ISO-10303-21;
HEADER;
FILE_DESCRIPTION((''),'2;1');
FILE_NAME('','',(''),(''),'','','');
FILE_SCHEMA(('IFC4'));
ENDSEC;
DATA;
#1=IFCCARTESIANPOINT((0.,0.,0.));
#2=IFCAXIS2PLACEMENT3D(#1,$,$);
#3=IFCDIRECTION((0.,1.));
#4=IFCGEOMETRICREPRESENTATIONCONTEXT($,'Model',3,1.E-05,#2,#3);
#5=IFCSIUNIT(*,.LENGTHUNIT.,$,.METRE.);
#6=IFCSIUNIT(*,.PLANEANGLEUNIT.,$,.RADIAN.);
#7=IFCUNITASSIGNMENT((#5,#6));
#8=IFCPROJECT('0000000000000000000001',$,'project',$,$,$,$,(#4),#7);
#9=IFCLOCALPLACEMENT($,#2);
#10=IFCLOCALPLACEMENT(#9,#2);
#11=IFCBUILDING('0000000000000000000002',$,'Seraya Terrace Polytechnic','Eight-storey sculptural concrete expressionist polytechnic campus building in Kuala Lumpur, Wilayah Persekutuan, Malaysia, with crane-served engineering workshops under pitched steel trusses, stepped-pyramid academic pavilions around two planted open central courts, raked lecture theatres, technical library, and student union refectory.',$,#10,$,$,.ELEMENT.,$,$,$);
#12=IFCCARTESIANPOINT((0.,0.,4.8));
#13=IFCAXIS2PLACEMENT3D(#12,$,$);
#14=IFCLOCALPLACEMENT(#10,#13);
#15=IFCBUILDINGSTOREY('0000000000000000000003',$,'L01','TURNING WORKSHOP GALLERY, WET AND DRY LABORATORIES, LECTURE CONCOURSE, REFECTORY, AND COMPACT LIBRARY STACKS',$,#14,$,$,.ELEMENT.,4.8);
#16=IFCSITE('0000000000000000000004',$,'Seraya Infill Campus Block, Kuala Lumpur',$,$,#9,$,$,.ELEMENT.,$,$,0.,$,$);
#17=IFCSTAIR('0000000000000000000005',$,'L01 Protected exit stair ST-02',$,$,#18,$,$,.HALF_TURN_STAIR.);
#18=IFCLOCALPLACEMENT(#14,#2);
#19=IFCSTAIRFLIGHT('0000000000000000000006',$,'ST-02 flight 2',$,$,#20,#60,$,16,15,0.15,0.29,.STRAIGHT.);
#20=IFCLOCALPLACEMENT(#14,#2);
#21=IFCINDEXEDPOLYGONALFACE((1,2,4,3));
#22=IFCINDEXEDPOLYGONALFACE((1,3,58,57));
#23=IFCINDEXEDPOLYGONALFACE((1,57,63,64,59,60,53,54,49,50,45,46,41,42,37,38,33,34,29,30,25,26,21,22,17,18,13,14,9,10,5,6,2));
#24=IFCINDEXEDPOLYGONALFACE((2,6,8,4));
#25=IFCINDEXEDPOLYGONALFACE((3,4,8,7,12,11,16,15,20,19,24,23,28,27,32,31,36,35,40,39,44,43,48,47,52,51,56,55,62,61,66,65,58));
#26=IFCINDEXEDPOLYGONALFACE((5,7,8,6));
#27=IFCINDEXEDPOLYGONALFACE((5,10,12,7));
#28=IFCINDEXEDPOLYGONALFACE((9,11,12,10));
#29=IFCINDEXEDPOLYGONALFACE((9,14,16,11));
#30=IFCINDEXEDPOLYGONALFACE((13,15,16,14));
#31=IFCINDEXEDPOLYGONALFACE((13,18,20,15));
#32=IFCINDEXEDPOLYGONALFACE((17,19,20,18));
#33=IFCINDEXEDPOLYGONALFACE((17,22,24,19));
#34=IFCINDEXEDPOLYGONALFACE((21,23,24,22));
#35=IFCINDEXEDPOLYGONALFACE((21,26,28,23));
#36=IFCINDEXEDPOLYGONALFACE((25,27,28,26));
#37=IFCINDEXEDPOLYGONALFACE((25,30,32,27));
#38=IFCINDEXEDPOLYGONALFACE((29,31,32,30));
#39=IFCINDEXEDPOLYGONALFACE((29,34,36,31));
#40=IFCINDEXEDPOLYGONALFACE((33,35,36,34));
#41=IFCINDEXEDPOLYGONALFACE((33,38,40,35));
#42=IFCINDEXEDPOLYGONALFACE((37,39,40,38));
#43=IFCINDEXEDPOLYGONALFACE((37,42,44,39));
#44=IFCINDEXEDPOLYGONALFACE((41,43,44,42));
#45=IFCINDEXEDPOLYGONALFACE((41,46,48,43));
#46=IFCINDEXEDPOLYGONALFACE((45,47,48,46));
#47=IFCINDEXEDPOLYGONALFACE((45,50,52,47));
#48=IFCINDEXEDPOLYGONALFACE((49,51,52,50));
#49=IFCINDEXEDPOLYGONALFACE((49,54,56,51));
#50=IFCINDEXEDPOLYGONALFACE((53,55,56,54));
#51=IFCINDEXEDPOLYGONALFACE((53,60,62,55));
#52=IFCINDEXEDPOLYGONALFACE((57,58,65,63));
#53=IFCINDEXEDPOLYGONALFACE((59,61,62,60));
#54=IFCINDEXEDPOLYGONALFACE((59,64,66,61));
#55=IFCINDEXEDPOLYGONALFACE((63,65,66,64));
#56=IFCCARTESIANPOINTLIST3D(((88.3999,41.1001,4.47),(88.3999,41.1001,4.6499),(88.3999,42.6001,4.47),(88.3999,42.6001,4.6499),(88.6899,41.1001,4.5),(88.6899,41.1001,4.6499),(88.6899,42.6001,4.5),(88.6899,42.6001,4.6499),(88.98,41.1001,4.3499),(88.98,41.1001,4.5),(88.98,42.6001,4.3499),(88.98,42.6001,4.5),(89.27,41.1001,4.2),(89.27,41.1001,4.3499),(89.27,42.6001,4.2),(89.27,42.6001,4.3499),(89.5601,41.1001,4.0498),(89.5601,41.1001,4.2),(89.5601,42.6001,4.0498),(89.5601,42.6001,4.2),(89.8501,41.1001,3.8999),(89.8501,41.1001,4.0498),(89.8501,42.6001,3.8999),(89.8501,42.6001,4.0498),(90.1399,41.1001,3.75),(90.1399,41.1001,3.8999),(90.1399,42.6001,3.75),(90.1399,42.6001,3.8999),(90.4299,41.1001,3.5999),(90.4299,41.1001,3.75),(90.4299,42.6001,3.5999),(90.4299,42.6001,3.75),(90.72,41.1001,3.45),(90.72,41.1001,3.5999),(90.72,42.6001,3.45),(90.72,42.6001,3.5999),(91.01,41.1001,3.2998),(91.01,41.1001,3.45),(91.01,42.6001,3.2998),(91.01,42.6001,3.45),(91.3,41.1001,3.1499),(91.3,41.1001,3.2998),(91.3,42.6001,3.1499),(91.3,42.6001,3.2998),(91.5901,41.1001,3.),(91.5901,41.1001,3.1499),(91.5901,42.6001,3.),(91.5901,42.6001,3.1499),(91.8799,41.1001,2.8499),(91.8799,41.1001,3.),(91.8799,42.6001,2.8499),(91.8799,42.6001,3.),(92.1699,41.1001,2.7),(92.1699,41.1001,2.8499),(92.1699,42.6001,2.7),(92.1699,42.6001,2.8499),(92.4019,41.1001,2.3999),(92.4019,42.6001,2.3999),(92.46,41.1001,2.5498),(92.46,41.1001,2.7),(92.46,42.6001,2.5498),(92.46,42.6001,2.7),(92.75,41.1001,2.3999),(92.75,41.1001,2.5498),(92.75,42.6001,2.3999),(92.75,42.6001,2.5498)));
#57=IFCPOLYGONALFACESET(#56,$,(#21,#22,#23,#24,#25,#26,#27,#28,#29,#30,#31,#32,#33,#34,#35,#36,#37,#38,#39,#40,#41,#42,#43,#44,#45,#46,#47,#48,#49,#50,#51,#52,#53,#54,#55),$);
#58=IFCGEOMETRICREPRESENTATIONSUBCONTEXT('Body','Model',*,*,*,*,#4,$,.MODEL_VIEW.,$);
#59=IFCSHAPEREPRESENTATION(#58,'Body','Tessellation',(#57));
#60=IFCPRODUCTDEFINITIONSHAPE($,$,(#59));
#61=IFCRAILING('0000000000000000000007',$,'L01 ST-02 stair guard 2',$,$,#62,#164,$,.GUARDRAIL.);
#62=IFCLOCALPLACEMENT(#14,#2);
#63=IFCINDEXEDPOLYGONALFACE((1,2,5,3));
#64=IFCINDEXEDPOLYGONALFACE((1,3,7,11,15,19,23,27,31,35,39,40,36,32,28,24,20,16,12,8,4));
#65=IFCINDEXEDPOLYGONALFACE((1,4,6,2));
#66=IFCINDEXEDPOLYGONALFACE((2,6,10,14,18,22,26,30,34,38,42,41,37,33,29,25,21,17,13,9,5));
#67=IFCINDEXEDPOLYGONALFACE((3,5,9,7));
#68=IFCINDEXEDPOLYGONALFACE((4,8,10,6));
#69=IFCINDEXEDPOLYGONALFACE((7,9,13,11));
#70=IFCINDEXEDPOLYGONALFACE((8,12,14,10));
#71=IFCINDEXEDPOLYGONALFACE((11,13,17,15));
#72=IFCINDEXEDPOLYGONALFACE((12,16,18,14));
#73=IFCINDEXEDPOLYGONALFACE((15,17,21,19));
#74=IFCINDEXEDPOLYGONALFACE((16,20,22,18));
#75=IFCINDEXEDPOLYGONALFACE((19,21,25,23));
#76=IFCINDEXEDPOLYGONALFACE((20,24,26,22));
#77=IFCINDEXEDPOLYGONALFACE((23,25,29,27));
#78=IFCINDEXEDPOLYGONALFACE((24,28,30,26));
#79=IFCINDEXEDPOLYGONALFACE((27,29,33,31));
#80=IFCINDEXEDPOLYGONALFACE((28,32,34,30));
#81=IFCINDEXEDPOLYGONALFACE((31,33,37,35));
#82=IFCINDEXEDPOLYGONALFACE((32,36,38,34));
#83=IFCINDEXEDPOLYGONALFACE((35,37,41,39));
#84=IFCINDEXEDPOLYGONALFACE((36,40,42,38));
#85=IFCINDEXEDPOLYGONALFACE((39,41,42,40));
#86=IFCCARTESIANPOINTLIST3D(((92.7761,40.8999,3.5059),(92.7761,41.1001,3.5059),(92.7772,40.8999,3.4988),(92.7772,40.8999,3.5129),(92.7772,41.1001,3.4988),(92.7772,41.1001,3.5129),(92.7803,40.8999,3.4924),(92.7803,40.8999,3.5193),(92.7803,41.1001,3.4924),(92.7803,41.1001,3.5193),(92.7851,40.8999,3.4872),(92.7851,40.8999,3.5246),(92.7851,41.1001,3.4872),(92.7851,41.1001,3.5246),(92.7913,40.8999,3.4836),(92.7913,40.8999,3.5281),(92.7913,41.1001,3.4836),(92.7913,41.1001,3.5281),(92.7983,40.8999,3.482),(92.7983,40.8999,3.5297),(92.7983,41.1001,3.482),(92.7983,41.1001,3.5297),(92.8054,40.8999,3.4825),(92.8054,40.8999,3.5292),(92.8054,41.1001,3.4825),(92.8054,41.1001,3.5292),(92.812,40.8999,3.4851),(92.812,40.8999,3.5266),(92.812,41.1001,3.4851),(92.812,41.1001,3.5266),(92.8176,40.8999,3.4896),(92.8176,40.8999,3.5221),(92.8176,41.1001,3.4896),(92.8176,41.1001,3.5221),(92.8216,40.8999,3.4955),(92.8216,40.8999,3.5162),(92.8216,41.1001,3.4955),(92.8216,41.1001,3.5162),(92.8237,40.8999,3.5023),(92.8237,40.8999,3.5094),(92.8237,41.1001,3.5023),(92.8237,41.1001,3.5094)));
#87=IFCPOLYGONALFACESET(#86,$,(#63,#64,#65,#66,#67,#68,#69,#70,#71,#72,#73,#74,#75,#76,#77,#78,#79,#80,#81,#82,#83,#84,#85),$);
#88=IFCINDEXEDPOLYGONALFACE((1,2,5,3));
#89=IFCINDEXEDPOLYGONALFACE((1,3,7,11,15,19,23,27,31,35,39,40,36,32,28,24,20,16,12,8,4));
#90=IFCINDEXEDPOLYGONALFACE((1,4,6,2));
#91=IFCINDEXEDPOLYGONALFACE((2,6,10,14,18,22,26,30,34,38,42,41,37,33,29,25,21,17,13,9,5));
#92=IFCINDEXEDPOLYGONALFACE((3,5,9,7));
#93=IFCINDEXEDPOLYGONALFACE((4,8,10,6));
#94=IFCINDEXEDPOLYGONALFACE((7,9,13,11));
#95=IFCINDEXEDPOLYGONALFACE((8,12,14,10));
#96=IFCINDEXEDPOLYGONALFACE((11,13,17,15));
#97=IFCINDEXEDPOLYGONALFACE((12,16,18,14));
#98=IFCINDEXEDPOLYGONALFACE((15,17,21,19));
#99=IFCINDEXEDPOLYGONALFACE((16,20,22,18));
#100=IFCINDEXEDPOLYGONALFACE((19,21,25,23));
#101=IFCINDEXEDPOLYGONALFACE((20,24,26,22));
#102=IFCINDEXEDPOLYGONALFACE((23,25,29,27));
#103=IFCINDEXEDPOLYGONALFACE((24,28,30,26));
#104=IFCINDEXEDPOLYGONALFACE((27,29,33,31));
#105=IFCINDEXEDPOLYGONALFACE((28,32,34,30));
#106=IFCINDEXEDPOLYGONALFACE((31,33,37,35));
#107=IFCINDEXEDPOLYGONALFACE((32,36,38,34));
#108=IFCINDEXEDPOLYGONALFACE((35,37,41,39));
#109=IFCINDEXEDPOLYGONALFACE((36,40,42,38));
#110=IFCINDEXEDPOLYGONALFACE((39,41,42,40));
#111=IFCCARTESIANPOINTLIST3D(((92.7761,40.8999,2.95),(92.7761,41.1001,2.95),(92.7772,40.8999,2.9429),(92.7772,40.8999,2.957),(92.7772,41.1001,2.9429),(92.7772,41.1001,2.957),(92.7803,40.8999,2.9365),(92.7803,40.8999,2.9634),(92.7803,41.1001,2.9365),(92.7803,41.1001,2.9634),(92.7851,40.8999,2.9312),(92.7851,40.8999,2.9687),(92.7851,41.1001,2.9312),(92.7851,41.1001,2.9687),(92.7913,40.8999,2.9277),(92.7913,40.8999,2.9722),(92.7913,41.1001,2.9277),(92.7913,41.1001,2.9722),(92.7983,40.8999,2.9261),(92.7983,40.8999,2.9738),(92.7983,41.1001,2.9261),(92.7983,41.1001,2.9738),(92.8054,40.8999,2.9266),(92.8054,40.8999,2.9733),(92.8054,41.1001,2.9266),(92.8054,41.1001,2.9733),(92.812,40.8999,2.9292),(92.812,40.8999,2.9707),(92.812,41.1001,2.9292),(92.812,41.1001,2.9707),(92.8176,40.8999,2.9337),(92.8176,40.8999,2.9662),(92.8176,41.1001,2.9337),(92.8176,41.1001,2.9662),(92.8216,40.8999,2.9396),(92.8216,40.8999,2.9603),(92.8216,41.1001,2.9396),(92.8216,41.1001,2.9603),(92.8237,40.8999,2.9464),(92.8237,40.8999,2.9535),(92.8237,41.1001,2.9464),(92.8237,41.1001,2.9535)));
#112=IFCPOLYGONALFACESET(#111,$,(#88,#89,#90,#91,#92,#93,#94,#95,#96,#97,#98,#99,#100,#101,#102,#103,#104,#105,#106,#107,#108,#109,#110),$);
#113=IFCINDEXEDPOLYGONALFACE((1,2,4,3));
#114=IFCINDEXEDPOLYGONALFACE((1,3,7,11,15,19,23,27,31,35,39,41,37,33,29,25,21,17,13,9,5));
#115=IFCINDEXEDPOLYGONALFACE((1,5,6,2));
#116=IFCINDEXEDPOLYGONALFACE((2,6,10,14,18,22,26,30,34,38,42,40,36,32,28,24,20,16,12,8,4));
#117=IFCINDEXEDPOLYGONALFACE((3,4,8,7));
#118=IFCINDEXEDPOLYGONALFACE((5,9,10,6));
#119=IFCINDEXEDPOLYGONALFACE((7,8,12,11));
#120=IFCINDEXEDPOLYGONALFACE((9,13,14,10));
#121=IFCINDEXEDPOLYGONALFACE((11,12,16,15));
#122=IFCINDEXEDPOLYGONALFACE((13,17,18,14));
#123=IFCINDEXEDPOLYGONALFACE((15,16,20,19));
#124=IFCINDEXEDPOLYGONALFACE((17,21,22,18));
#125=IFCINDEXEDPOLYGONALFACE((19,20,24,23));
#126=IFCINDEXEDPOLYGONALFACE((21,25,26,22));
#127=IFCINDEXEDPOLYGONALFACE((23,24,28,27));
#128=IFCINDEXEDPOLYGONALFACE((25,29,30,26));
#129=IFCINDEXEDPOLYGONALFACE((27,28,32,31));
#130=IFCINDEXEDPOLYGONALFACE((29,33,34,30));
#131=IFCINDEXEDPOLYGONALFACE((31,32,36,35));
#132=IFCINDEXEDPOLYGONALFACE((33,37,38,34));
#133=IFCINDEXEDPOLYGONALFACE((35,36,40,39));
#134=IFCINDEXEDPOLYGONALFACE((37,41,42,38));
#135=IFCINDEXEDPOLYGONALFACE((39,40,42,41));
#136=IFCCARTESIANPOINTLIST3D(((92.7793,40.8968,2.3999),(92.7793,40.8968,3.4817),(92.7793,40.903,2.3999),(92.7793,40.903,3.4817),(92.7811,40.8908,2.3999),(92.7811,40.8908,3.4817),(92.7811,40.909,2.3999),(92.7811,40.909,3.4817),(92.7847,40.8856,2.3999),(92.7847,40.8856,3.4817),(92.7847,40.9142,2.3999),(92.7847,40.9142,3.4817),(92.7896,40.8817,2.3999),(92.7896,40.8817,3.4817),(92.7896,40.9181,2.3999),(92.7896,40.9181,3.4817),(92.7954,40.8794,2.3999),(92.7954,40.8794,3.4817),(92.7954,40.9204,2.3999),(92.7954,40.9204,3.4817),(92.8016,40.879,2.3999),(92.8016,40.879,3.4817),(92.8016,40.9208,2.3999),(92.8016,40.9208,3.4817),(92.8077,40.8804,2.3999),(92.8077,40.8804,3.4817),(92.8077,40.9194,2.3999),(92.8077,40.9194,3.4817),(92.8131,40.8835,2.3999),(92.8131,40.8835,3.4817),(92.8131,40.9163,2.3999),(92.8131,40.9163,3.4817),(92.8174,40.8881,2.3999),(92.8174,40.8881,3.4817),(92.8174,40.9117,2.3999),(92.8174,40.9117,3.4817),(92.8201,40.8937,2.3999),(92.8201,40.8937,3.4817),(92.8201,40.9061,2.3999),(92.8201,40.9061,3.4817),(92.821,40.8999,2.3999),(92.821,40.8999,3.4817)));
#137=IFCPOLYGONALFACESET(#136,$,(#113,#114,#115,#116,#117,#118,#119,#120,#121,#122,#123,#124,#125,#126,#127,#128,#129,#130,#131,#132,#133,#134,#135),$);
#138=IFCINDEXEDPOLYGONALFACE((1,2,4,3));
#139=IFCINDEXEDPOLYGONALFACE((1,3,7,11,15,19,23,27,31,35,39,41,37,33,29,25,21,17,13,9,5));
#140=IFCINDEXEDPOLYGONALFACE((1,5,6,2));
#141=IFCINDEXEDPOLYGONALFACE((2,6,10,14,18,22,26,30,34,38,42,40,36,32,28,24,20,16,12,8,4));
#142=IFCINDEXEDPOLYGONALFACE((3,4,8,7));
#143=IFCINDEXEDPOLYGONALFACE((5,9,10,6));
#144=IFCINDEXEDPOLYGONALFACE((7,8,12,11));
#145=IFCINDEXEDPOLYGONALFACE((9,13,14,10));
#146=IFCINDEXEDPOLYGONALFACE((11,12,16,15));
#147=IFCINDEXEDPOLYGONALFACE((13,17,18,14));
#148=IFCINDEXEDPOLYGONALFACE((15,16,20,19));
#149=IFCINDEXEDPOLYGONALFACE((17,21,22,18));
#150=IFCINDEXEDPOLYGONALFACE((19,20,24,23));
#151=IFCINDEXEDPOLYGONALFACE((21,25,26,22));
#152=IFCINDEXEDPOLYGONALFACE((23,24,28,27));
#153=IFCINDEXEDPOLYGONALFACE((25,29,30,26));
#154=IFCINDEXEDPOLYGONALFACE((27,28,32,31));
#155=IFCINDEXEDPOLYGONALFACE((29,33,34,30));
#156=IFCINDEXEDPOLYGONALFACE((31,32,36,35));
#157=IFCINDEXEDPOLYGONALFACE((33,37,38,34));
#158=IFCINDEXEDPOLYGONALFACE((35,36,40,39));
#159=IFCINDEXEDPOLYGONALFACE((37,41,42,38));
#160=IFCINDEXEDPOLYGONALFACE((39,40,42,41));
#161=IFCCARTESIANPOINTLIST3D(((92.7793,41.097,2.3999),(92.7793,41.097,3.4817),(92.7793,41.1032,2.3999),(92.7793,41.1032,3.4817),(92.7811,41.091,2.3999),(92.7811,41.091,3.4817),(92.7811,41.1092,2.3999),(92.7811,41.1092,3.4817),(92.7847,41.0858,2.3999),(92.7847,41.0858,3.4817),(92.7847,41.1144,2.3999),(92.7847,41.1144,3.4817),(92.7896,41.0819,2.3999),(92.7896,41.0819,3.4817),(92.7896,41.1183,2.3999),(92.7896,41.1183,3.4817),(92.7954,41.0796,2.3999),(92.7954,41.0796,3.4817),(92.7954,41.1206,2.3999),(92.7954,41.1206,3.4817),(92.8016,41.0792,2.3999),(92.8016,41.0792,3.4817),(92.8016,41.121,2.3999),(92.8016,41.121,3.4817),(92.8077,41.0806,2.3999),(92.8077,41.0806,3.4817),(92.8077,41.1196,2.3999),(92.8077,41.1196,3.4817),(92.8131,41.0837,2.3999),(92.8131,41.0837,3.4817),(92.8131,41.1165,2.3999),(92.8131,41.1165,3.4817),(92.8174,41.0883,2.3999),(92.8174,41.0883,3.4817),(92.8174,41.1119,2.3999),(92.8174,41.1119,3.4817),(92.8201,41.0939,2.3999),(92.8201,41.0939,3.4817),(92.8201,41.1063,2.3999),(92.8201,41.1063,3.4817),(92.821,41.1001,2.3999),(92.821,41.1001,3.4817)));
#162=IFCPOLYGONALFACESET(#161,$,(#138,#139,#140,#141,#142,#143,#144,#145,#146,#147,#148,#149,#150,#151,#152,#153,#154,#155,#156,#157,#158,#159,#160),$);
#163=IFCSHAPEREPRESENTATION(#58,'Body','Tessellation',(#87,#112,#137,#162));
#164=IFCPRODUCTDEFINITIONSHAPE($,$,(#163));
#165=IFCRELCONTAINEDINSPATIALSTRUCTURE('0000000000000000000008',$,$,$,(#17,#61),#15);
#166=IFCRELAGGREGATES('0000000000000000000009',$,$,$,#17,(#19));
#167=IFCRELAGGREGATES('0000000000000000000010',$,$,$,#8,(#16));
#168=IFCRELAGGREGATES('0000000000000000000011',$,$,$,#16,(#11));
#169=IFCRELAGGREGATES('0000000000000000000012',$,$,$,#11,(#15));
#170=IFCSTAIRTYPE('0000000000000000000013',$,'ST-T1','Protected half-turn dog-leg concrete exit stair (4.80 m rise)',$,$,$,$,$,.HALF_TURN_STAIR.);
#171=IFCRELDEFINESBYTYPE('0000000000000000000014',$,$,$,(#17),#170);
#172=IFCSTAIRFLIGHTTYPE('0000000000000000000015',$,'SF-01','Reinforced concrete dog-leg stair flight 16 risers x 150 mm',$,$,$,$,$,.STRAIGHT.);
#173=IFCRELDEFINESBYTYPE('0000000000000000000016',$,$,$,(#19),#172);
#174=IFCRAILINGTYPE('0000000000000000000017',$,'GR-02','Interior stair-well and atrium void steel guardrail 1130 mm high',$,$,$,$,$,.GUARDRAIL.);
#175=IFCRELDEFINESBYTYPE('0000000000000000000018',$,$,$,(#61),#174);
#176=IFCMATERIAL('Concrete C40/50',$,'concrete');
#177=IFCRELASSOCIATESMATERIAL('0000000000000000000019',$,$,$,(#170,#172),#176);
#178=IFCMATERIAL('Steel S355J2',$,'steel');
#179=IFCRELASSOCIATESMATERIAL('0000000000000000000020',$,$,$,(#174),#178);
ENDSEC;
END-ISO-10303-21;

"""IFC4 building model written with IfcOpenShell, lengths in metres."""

from ifc_helpers import new_model, si_unit, direction, frame, origin, origin_2d, place, context, subcontext, project, spatial, polyline, circle, outline, extrude, material, type_object, element, aggregate, save


model = new_model("IFC4")

# Units and contexts
model_context = context("Model", 3, precision=1e-05, world=origin(), true_north=direction((0.0, 1.0)))
body_context = subcontext(model_context, "Body", "Model", "MODEL_VIEW")
ifc_project = project(units=[si_unit("LENGTHUNIT", "METRE"), si_unit("PLANEANGLEUNIT", "RADIAN")], contexts=[model_context])

# Site, building, storey
site_placement = place(None, origin())
site = spatial("IfcSite", under=ifc_project, at=site_placement, Name="Seraya Infill Campus Block, Kuala Lumpur", CompositionType="ELEMENT", RefElevation=0.0)
building_placement = place(site_placement, origin())
building = spatial("IfcBuilding", under=site, at=building_placement, Name="Seraya Terrace Polytechnic", Description="Eight-storey sculptural concrete expressionist polytechnic campus building in Kuala Lumpur, Wilayah Persekutuan, Malaysia, with crane-served engineering workshops under pitched steel trusses, stepped-pyramid academic pavilions around two planted open central courts, raked lecture theatres, technical library, and student union refectory.", CompositionType="ELEMENT")
storey_placement = place(building_placement, frame((0.0, 0.0, 4.8)))
storey = spatial("IfcBuildingStorey", under=building, at=storey_placement, Name="L01", Description="TURNING WORKSHOP GALLERY, WET AND DRY LABORATORIES, LECTURE CONCOURSE, REFECTORY, AND COMPACT LIBRARY STACKS", CompositionType="ELEMENT", Elevation=4.8)

# Shared definitions
ifc_material_1 = material(Name="Concrete C40/50", Category="concrete")

# Shared definitions
ifc_material_2 = material(Name="Steel S355J2", Category="steel")

# Stair, stair flight
stair_type = type_object("IfcStairType", Name="ST-T1", Description="Protected half-turn dog-leg concrete exit stair (4.80 m rise)", PredefinedType="HALF_TURN_STAIR", material=ifc_material_1)
stair_placement = place(storey_placement, origin())
stair = element("IfcStair", 1, at=stair_placement, inside=storey, type_object=stair_type, Name="L01 Protected exit stair ST-02", PredefinedType="HALF_TURN_STAIR")
stair_flight_type = type_object("IfcStairFlightType", Name="SF-01", Description="Reinforced concrete dog-leg stair flight 16 risers x 150 mm", PredefinedType="STRAIGHT", material=ifc_material_1)
stair_flight_1_placement = place(storey_placement, frame((92.75, 41.8501, 2.3999), z_axis=(0.0, 0.0, 1.0), x_axis=(-1.0, 0.0, 0.0)))
stair_flight_1 = element("IfcStairFlight", 2, at=stair_flight_1_placement, type_object=stair_flight_type, Name="ST-02 flight 2", NumberOfRisers=16, NumberOfTreads=15, PredefinedType="STRAIGHT", RiserHeight=0.15, TreadLength=0.29, context=body_context, shape_type="SweptSolid", body=[
    extrude(outline(polyline([(0.0, 0.0), (0.0, 0.1499), (0.29, 0.1499), (0.29, 0.3), (0.5801, 0.3), (0.5801, 0.45), (0.8701, 0.45), (0.8701, 0.6001), (1.1599, 0.6001), (1.1599, 0.75), (1.45, 0.75), (1.45, 0.8999), (1.74, 0.8999), (1.74, 1.05), (2.03, 1.05), (2.03, 1.2), (2.3201, 1.2), (2.3201, 1.3501), (2.6101, 1.3501), (2.6101, 1.5), (2.8999, 1.5), (2.8999, 1.6499), (3.1899, 1.6499), (3.1899, 1.8), (3.48, 1.8), (3.48, 1.95), (3.77, 1.95), (3.77, 2.1001), (4.0601, 2.1001), (4.0601, 2.25), (4.3501, 2.25), (4.3501, 2.3999), (4.3501, 2.0701), (0.3481, 0.0), (0.0, 0.0)])), frame((0.0, 0.75, 0.0), z_axis=(0.0, -1.0, 0.0), x_axis=(1.0, 0.0, 0.0)), (0.0, 0.0, 1.0), 1.5),
])
aggregate(stair, [stair_flight_1])

# Railing
railing_type_1 = type_object("IfcRailingType", Name="GR-02", Description="Interior stair-well and atrium void steel guardrail 1130 mm high", PredefinedType="GUARDRAIL", material=ifc_material_2)
railing_1_placement = place(storey_placement, frame((92.8, 40.8999, 2.3999)))
element("IfcRailing", 3, at=railing_1_placement, inside=storey, type_object=railing_type_1, Name="L01 ST-02 stair guard 2", PredefinedType="GUARDRAIL", context=body_context, shape_type="SweptSolid", body=[
    extrude(circle(Radius=0.0239, at=origin_2d()), frame((0.0, 0.0, 1.106), z_axis=(0.0, 1.0, 0.0), x_axis=(-1.0, 0.0, 0.0)), (0.0, 0.0, 1.0), 0.2002),
    extrude(circle(Radius=0.0239, at=origin_2d()), frame((0.0, 0.0, 0.55), z_axis=(0.0, 1.0, 0.0), x_axis=(-1.0, 0.0, 0.0)), (0.0, 0.0, 1.0), 0.2002),
    extrude(circle(Radius=0.021, at=origin_2d()), origin(), (0.0, 0.0, 1.0), 1.0818),
    extrude(circle(Radius=0.021, at=origin_2d()), frame((0.0, 0.2002, 0.0)), (0.0, 0.0, 1.0), 1.0818),
])

save(model, "model.ifc")
